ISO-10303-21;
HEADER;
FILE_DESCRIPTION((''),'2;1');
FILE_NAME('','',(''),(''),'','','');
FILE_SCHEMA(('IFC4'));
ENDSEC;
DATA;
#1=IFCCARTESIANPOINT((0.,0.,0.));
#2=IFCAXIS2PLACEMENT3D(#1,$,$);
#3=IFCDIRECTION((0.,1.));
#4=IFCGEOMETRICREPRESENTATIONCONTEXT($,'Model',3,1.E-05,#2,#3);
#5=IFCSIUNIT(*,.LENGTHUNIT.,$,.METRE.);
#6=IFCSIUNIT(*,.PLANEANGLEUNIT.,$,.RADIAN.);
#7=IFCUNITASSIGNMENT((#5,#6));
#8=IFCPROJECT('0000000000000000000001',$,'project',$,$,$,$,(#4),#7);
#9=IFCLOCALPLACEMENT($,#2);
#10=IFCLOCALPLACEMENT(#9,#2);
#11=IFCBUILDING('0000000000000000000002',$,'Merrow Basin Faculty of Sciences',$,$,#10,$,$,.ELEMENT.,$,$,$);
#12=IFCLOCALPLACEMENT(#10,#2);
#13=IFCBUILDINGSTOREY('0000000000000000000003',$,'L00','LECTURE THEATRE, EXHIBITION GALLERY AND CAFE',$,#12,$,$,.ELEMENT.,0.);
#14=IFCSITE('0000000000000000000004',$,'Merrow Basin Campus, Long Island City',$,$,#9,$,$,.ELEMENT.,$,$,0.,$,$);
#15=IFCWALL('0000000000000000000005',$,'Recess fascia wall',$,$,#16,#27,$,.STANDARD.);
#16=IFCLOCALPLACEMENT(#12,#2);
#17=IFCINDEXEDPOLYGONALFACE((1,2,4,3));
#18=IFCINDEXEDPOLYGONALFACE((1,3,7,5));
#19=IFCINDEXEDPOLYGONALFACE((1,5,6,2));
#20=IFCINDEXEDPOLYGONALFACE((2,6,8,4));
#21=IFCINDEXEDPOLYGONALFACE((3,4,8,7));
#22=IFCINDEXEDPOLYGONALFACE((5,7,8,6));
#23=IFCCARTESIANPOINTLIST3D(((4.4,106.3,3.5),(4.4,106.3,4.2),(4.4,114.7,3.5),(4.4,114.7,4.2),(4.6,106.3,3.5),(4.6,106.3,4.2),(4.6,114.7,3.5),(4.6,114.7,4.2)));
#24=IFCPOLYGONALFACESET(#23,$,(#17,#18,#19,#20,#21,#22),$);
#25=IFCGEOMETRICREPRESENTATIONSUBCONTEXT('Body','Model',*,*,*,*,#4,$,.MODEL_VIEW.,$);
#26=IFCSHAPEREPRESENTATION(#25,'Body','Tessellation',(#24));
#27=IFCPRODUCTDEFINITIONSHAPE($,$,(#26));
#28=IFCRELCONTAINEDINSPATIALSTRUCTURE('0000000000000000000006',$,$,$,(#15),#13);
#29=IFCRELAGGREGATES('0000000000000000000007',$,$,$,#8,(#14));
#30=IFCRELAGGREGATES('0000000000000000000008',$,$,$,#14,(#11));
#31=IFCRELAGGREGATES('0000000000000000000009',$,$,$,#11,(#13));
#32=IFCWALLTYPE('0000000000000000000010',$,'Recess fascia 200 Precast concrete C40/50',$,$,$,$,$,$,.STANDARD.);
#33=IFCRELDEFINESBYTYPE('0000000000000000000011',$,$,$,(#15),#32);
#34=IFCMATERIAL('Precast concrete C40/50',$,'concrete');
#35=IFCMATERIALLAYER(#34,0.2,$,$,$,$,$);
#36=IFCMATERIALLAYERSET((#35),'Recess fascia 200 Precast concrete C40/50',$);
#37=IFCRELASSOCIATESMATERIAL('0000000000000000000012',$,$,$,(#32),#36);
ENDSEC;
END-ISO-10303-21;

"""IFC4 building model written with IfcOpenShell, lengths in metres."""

from ifc_helpers import new_model, si_unit, direction, frame, frame_2d, origin, place, context, subcontext, project, spatial, rectangle, extrude, material, layer, layer_set, type_object, element, save


model = new_model("IFC4")

# Units and contexts
model_context = context("Model", 3, precision=1e-05, world=origin(), true_north=direction((0.0, 1.0)))
body_context = subcontext(model_context, "Body", "Model", "MODEL_VIEW")
ifc_project = project(units=[si_unit("LENGTHUNIT", "METRE"), si_unit("PLANEANGLEUNIT", "RADIAN")], contexts=[model_context])

# Site, building, storey
site_placement = place(None, origin())
site = spatial("IfcSite", under=ifc_project, at=site_placement, Name="Merrow Basin Campus, Long Island City", CompositionType="ELEMENT", RefElevation=0.0)
building_placement = place(site_placement, origin())
building = spatial("IfcBuilding", under=site, at=building_placement, Name="Merrow Basin Faculty of Sciences", CompositionType="ELEMENT")
storey_placement = place(building_placement, origin())
storey = spatial("IfcBuildingStorey", under=building, at=storey_placement, Name="L00", Description="LECTURE THEATRE, EXHIBITION GALLERY AND CAFE", CompositionType="ELEMENT", Elevation=0.0)

# Wall
ifc_material_1 = material(Name="Precast concrete C40/50", Category="concrete")
ifc_layer_1 = layer(ifc_material_1, 0.2)
ifc_layer_set_1 = layer_set([ifc_layer_1], Name="Recess fascia 200 Precast concrete C40/50")
wall_type_1 = type_object("IfcWallType", Name="Recess fascia 200 Precast concrete C40/50", PredefinedType="STANDARD", material=ifc_layer_set_1)
wall_1_placement = place(storey_placement, frame((4.5, 106.3, 3.5), z_axis=(0.0, 0.0, 1.0), x_axis=(0.0, 1.0, 0.0)))
element("IfcWall", 1, at=wall_1_placement, inside=storey, type_object=wall_type_1, Name="Recess fascia wall", PredefinedType="STANDARD", context=body_context, shape_type="SweptSolid", body=[
    extrude(rectangle(XDim=8.3999, YDim=0.2, at=frame_2d((4.2, 0.0))), origin(), (0.0, 0.0, 1.0), 0.7),
])

save(model, "model.ifc")
